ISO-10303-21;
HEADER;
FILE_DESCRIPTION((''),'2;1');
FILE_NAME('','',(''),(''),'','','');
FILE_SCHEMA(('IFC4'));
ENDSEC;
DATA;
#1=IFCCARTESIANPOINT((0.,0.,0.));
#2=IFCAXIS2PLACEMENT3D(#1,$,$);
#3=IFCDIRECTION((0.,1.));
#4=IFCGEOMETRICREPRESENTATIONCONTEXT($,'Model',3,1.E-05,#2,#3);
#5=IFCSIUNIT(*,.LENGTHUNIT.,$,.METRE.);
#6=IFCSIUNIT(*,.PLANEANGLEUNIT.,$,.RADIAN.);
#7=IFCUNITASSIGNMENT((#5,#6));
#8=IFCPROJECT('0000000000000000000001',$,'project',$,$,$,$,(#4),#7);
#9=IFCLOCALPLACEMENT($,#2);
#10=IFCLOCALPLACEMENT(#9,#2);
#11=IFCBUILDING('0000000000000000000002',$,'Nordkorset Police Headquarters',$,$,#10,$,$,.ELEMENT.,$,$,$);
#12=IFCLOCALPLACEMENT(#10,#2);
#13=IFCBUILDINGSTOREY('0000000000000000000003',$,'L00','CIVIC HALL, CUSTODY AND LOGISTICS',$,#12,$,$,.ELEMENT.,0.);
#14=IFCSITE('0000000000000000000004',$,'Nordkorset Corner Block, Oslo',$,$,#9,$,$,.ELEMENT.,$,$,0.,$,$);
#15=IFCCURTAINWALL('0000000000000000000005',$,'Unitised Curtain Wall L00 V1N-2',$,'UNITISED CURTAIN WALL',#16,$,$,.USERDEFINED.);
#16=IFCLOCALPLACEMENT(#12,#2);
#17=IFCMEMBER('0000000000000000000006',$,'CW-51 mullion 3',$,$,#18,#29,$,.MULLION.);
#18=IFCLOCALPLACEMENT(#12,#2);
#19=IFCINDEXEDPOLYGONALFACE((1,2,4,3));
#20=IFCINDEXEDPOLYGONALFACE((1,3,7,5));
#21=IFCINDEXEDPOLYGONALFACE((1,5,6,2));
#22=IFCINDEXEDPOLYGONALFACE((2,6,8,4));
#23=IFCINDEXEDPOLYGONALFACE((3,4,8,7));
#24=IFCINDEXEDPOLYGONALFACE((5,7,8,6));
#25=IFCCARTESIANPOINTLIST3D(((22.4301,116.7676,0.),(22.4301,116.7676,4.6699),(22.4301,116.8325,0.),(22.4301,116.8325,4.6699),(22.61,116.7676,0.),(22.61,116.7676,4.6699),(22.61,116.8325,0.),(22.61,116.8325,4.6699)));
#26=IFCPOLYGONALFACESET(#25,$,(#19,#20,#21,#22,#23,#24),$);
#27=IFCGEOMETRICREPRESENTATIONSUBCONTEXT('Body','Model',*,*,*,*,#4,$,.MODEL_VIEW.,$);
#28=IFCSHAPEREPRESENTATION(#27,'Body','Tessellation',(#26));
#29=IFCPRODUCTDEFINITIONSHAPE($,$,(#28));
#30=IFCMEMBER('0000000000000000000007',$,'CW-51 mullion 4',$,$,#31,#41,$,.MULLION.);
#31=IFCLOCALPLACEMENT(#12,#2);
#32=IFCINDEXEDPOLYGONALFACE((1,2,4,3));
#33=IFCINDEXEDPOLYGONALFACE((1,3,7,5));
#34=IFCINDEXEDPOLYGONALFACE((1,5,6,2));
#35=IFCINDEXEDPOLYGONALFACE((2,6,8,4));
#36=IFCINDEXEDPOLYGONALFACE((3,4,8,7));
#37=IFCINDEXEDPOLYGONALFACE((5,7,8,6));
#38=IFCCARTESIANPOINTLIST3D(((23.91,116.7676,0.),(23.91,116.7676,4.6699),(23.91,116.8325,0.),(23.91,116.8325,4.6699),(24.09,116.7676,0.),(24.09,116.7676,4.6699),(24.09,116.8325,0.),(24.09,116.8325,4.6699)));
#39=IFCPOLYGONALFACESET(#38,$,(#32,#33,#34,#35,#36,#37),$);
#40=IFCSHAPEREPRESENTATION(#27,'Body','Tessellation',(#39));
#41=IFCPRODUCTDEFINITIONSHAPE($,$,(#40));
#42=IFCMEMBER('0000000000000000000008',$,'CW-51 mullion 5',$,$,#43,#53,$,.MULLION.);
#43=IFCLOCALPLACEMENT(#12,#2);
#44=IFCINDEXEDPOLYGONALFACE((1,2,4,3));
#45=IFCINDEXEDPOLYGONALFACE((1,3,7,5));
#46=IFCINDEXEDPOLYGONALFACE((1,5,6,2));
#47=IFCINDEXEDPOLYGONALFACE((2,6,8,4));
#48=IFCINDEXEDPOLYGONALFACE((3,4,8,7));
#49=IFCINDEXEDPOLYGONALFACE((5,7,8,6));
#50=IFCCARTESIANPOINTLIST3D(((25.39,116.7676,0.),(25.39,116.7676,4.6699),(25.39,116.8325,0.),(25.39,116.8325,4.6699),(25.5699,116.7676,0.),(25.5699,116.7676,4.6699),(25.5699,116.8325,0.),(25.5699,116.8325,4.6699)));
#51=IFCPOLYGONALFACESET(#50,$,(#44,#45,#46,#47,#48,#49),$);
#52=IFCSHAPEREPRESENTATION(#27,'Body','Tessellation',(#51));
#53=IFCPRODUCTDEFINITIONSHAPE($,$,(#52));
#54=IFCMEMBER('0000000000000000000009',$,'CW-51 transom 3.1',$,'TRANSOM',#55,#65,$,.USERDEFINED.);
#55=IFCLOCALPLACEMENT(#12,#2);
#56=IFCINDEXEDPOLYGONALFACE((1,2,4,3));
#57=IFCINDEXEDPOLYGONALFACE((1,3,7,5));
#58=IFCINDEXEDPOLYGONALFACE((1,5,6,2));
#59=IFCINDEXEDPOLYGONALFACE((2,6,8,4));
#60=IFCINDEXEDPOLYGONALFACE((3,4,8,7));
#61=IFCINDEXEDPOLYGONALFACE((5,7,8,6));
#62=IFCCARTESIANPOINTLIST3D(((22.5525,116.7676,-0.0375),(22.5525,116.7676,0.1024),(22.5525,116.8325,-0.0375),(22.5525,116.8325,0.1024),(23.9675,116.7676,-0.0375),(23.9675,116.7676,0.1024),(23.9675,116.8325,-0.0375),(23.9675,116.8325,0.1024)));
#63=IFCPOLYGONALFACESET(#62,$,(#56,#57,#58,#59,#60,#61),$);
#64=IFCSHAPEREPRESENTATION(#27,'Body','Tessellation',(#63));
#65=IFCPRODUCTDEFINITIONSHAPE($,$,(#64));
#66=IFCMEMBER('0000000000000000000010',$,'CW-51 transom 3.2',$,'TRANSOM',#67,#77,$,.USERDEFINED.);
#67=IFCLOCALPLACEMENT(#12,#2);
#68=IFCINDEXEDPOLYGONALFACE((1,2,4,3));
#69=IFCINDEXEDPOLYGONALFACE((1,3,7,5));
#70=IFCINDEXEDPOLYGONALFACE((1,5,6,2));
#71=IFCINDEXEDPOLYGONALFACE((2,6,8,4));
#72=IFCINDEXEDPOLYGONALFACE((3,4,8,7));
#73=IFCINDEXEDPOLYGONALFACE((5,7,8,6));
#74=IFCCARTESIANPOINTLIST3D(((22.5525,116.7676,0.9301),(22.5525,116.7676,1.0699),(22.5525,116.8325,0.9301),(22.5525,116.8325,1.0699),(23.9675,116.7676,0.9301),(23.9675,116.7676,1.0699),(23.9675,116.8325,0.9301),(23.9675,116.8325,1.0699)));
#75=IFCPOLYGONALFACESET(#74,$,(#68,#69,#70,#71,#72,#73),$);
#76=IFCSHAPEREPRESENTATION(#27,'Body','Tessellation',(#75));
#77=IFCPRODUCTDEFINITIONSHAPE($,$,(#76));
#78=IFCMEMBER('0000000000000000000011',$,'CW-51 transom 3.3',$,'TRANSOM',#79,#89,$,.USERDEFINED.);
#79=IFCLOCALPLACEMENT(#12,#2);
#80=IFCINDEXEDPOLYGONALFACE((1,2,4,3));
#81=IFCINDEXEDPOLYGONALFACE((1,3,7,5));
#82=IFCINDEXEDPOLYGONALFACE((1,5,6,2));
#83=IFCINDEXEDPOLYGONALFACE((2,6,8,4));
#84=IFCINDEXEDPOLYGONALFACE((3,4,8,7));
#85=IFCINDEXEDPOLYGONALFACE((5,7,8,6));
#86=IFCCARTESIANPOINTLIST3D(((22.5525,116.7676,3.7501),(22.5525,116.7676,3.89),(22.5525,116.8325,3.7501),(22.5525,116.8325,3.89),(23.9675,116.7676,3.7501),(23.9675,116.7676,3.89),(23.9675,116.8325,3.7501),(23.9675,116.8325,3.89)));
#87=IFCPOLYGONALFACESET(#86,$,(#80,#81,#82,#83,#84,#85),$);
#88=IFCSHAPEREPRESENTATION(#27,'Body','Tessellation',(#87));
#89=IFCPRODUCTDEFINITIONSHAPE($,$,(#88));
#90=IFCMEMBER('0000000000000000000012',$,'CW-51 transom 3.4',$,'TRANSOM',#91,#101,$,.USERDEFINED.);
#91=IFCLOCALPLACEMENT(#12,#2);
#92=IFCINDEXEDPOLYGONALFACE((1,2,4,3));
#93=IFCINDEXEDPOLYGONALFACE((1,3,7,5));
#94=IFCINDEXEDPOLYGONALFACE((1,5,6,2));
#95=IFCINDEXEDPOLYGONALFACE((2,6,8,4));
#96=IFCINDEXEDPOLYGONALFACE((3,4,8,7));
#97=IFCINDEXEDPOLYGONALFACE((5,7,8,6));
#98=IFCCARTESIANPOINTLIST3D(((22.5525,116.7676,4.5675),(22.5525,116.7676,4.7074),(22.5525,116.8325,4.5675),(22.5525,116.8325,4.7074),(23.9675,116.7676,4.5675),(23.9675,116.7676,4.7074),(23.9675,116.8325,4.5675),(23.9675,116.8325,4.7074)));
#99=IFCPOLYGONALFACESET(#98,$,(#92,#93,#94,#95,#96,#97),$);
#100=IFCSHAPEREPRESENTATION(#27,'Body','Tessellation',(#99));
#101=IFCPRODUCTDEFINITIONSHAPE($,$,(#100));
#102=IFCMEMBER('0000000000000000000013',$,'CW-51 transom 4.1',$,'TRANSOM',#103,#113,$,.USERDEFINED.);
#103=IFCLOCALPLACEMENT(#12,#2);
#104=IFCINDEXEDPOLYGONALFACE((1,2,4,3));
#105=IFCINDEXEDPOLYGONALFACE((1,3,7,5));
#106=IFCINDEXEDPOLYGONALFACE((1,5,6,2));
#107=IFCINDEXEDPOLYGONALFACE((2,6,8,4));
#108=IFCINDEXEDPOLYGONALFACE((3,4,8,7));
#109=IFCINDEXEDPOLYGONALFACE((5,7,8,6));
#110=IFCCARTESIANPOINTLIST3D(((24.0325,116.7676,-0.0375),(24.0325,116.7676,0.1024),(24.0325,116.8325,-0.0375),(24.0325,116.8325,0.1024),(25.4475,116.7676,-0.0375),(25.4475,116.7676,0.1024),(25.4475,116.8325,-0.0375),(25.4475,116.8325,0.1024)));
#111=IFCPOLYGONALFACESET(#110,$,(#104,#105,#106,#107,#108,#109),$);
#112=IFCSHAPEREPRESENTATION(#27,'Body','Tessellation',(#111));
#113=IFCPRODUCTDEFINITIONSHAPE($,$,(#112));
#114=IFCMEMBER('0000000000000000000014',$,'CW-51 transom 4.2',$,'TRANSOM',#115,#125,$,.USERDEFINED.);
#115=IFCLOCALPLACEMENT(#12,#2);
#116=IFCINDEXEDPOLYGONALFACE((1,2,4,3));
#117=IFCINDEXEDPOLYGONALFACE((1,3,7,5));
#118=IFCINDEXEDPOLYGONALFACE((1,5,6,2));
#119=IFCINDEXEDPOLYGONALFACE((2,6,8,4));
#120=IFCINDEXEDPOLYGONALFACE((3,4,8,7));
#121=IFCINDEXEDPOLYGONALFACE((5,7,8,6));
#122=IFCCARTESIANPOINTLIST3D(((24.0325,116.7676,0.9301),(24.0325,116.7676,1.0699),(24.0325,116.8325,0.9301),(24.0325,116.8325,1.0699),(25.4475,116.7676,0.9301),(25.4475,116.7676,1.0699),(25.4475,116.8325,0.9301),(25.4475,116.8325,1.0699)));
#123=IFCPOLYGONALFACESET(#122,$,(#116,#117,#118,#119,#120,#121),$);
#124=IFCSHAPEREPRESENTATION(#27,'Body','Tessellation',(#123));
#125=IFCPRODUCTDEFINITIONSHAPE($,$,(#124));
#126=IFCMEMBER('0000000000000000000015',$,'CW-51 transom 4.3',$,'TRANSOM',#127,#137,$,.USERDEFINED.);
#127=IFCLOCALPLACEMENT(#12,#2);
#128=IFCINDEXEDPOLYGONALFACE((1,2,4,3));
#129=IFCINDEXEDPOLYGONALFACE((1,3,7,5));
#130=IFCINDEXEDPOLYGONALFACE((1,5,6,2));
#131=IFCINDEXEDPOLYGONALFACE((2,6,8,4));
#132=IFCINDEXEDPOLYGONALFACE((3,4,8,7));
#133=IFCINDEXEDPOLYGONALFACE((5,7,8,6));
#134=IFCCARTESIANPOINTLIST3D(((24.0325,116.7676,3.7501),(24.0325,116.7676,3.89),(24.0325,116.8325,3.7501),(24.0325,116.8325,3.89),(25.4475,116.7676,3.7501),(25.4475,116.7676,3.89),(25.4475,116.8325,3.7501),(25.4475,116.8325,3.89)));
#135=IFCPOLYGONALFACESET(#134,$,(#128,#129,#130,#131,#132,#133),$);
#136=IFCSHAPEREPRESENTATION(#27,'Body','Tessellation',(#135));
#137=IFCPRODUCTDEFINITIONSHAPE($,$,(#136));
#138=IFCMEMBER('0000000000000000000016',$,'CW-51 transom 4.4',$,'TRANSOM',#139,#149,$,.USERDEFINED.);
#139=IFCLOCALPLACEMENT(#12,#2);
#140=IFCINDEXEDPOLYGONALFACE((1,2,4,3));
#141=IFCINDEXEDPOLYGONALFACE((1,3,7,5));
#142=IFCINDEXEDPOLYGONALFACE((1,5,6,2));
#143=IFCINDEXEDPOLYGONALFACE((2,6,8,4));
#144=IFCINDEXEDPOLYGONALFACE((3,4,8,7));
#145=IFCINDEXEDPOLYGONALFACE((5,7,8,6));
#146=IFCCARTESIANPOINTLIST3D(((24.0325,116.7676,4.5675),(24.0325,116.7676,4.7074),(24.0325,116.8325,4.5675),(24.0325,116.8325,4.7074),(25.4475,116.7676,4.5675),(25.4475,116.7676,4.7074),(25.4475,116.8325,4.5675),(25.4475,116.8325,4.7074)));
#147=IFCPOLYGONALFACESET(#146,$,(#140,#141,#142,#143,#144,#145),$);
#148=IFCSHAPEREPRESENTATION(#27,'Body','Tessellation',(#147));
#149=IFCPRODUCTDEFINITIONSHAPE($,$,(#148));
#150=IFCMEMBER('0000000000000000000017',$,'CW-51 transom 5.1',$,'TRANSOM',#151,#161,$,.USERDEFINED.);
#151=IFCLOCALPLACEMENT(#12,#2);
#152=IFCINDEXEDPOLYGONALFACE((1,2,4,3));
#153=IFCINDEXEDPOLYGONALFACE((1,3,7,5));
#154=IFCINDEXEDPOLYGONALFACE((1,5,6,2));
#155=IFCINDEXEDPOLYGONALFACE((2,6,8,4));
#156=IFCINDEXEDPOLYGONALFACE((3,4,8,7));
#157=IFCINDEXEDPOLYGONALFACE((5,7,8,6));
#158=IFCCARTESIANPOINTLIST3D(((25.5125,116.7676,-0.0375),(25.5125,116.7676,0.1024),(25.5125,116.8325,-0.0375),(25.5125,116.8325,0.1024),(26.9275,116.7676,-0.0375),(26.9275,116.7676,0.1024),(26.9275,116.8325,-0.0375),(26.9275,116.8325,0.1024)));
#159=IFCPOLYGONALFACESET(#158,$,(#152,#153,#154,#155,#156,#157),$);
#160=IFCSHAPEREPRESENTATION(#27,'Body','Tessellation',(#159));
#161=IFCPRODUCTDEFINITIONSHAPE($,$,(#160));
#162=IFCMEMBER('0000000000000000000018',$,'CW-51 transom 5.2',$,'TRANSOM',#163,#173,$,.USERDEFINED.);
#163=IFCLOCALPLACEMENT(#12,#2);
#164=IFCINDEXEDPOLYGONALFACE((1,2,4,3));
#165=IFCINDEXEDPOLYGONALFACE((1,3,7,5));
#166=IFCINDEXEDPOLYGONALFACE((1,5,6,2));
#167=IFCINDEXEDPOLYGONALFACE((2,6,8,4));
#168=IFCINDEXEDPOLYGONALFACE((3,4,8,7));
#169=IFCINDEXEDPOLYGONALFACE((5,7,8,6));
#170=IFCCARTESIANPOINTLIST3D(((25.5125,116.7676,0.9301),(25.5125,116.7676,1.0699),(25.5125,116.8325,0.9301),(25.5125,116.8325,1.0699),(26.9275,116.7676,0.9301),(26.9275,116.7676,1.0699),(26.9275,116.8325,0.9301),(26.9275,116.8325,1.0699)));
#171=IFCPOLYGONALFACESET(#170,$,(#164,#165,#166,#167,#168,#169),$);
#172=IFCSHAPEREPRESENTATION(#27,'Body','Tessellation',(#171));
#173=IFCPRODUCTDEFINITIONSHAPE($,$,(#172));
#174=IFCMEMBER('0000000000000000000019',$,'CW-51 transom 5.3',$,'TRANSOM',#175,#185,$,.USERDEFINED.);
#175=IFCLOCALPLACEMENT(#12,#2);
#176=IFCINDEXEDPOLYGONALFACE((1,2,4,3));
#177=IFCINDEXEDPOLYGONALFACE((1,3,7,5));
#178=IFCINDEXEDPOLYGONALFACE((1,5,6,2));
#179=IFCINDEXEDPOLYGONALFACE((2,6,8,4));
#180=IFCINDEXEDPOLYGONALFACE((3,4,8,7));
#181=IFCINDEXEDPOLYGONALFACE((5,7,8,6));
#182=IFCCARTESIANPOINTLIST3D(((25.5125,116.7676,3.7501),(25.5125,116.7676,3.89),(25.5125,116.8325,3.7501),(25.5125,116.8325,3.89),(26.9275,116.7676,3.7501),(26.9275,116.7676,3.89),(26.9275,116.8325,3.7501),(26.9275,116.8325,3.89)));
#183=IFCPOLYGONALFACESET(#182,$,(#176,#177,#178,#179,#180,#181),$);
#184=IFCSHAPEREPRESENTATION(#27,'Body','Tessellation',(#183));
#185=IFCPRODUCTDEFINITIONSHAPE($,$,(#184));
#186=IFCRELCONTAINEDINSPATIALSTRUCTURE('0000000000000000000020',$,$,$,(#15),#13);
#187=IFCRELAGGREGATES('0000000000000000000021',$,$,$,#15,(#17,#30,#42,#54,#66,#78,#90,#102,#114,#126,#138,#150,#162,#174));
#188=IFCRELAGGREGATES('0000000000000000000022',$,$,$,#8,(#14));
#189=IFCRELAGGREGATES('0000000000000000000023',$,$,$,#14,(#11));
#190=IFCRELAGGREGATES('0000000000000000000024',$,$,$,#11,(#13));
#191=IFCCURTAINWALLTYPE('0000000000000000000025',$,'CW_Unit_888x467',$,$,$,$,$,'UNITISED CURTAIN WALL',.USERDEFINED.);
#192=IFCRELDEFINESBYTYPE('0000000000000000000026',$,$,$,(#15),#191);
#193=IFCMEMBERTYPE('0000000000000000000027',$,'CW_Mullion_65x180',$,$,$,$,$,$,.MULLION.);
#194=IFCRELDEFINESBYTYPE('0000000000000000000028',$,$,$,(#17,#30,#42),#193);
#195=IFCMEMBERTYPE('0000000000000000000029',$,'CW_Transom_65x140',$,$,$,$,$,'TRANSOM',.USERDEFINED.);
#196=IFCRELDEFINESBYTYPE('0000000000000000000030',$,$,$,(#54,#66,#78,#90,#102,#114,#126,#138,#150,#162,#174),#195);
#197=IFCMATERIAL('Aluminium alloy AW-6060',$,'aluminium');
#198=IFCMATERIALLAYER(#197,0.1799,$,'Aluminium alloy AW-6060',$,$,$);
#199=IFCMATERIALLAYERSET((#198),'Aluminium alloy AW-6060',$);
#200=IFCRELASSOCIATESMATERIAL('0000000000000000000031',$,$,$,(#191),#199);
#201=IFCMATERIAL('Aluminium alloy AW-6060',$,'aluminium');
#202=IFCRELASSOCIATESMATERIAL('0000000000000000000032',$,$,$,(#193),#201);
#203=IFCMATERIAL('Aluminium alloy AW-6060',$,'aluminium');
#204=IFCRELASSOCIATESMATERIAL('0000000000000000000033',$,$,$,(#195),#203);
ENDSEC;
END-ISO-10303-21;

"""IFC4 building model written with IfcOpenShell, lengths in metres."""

from ifc_helpers import new_model, si_unit, direction, frame, origin, origin_2d, place, context, subcontext, project, spatial, rectangle, extrude, material, layer, layer_set, material_profile, profile_set, type_object, element, aggregate, save


model = new_model("IFC4")

# Units and contexts
model_context = context("Model", 3, precision=1e-05, world=origin(), true_north=direction((0.0, 1.0)))
body_context = subcontext(model_context, "Body", "Model", "MODEL_VIEW")
ifc_project = project(units=[si_unit("LENGTHUNIT", "METRE"), si_unit("PLANEANGLEUNIT", "RADIAN")], contexts=[model_context])

# Site, building, storey
site_placement = place(None, origin())
site = spatial("IfcSite", under=ifc_project, at=site_placement, Name="Nordkorset Corner Block, Oslo", CompositionType="ELEMENT", RefElevation=0.0)
building_placement = place(site_placement, origin())
building = spatial("IfcBuilding", under=site, at=building_placement, Name="Nordkorset Police Headquarters", CompositionType="ELEMENT")
storey_placement = place(building_placement, origin())
storey = spatial("IfcBuildingStorey", under=building, at=storey_placement, Name="L00", Description="CIVIC HALL, CUSTODY AND LOGISTICS", CompositionType="ELEMENT", Elevation=0.0)

# Curtain wall, members
ifc_material_1 = material(Name="Aluminium alloy AW-6060", Category="aluminium")
ifc_layer_1 = layer(ifc_material_1, 0.1799, Name="Aluminium alloy AW-6060")
ifc_layer_set_1 = layer_set([ifc_layer_1], Name="Aluminium alloy AW-6060")
curtain_wall_type = type_object("IfcCurtainWallType", Name="CW_Unit_888x467", ElementType="UNITISED CURTAIN WALL", PredefinedType="USERDEFINED", material=ifc_layer_set_1)
curtain_wall_placement = place(storey_placement, origin())
curtain_wall = element("IfcCurtainWall", 1, at=curtain_wall_placement, inside=storey, type_object=curtain_wall_type, Name="Unitised Curtain Wall L00 V1N-2", ObjectType="UNITISED CURTAIN WALL", PredefinedType="USERDEFINED")
ifc_material_2 = material(Name="Aluminium alloy AW-6060", Category="aluminium")
ifc_material_profile_1 = material_profile(ifc_material_2, rectangle(XDim=0.0649, YDim=0.1799, at=origin_2d()), Name="ALU MULL 65x180")
ifc_profile_set_1 = profile_set([ifc_material_profile_1], Name="Aluminium alloy AW-6060")
member_type_1 = type_object("IfcMemberType", Name="CW_Mullion_65x180", PredefinedType="MULLION", material=ifc_profile_set_1)
member_1_placement = place(storey_placement, frame((22.52, 116.8, 0.0), z_axis=(0.0, 0.0, 1.0), x_axis=(0.0, 1.0, 0.0)))
member_1 = element("IfcMember", 2, at=member_1_placement, type_object=member_type_1, Name="CW-51 mullion 3", PredefinedType="MULLION", context=body_context, shape_type="SweptSolid", body=[
    extrude(rectangle(XDim=0.0649, YDim=0.1799, at=origin_2d()), origin(), (0.0, 0.0, 1.0), 4.6699),
])
member_2_placement = place(storey_placement, frame((24.0, 116.8, 0.0), z_axis=(0.0, 0.0, 1.0), x_axis=(0.0, 1.0, 0.0)))
member_2 = element("IfcMember", 3, at=member_2_placement, type_object=member_type_1, Name="CW-51 mullion 4", PredefinedType="MULLION", context=body_context, shape_type="SweptSolid", body=[
    extrude(rectangle(XDim=0.0649, YDim=0.1799, at=origin_2d()), origin(), (0.0, 0.0, 1.0), 4.6699),
])
member_3_placement = place(storey_placement, frame((25.48, 116.8, 0.0), z_axis=(0.0, 0.0, 1.0), x_axis=(0.0, 1.0, 0.0)))
member_3 = element("IfcMember", 4, at=member_3_placement, type_object=member_type_1, Name="CW-51 mullion 5", PredefinedType="MULLION", context=body_context, shape_type="SweptSolid", body=[
    extrude(rectangle(XDim=0.0649, YDim=0.1799, at=origin_2d()), origin(), (0.0, 0.0, 1.0), 4.6699),
])
ifc_material_3 = material(Name="Aluminium alloy AW-6060", Category="aluminium")
ifc_material_profile_2 = material_profile(ifc_material_3, rectangle(XDim=0.0649, YDim=0.1399, at=origin_2d()), Name="ALU TRAN 65x140")
ifc_profile_set_2 = profile_set([ifc_material_profile_2], Name="Aluminium alloy AW-6060")
member_type_2 = type_object("IfcMemberType", Name="CW_Transom_65x140", ElementType="TRANSOM", PredefinedType="USERDEFINED", material=ifc_profile_set_2)
member_4_placement = place(storey_placement, frame((22.5525, 116.8, 0.0325), z_axis=(1.0, 0.0, 0.0), x_axis=(0.0, 1.0, 0.0)))
member_4 = element("IfcMember", 5, at=member_4_placement, type_object=member_type_2, Name="CW-51 transom 3.1", ObjectType="TRANSOM", PredefinedType="USERDEFINED", context=body_context, shape_type="SweptSolid", body=[
    extrude(rectangle(XDim=0.0649, YDim=0.1399, at=origin_2d()), origin(), (0.0, 0.0, 1.0), 1.415),
])
member_5_placement = place(storey_placement, frame((22.5525, 116.8, 1.0), z_axis=(1.0, 0.0, 0.0), x_axis=(0.0, 1.0, 0.0)))
member_5 = element("IfcMember", 6, at=member_5_placement, type_object=member_type_2, Name="CW-51 transom 3.2", ObjectType="TRANSOM", PredefinedType="USERDEFINED", context=body_context, shape_type="SweptSolid", body=[
    extrude(rectangle(XDim=0.0649, YDim=0.1399, at=origin_2d()), origin(), (0.0, 0.0, 1.0), 1.415),
])
member_6_placement = place(storey_placement, frame((22.5525, 116.8, 3.8201), z_axis=(1.0, 0.0, 0.0), x_axis=(0.0, 1.0, 0.0)))
member_6 = element("IfcMember", 7, at=member_6_placement, type_object=member_type_2, Name="CW-51 transom 3.3", ObjectType="TRANSOM", PredefinedType="USERDEFINED", context=body_context, shape_type="SweptSolid", body=[
    extrude(rectangle(XDim=0.0649, YDim=0.1399, at=origin_2d()), origin(), (0.0, 0.0, 1.0), 1.415),
])
member_7_placement = place(storey_placement, frame((22.5525, 116.8, 4.6375), z_axis=(1.0, 0.0, 0.0), x_axis=(0.0, 1.0, 0.0)))
member_7 = element("IfcMember", 8, at=member_7_placement, type_object=member_type_2, Name="CW-51 transom 3.4", ObjectType="TRANSOM", PredefinedType="USERDEFINED", context=body_context, shape_type="SweptSolid", body=[
    extrude(rectangle(XDim=0.0649, YDim=0.1399, at=origin_2d()), origin(), (0.0, 0.0, 1.0), 1.415),
])
member_8_placement = place(storey_placement, frame((24.0325, 116.8, 0.0325), z_axis=(1.0, 0.0, 0.0), x_axis=(0.0, 1.0, 0.0)))
member_8 = element("IfcMember", 9, at=member_8_placement, type_object=member_type_2, Name="CW-51 transom 4.1", ObjectType="TRANSOM", PredefinedType="USERDEFINED", context=body_context, shape_type="SweptSolid", body=[
    extrude(rectangle(XDim=0.0649, YDim=0.1399, at=origin_2d()), origin(), (0.0, 0.0, 1.0), 1.415),
])
member_9_placement = place(storey_placement, frame((24.0325, 116.8, 1.0), z_axis=(1.0, 0.0, 0.0), x_axis=(0.0, 1.0, 0.0)))
member_9 = element("IfcMember", 10, at=member_9_placement, type_object=member_type_2, Name="CW-51 transom 4.2", ObjectType="TRANSOM", PredefinedType="USERDEFINED", context=body_context, shape_type="SweptSolid", body=[
    extrude(rectangle(XDim=0.0649, YDim=0.1399, at=origin_2d()), origin(), (0.0, 0.0, 1.0), 1.415),
])
member_10_placement = place(storey_placement, frame((24.0325, 116.8, 3.8201), z_axis=(1.0, 0.0, 0.0), x_axis=(0.0, 1.0, 0.0)))
member_10 = element("IfcMember", 11, at=member_10_placement, type_object=member_type_2, Name="CW-51 transom 4.3", ObjectType="TRANSOM", PredefinedType="USERDEFINED", context=body_context, shape_type="SweptSolid", body=[
    extrude(rectangle(XDim=0.0649, YDim=0.1399, at=origin_2d()), origin(), (0.0, 0.0, 1.0), 1.415),
])
member_11_placement = place(storey_placement, frame((24.0325, 116.8, 4.6375), z_axis=(1.0, 0.0, 0.0), x_axis=(0.0, 1.0, 0.0)))
member_11 = element("IfcMember", 12, at=member_11_placement, type_object=member_type_2, Name="CW-51 transom 4.4", ObjectType="TRANSOM", PredefinedType="USERDEFINED", context=body_context, shape_type="SweptSolid", body=[
    extrude(rectangle(XDim=0.0649, YDim=0.1399, at=origin_2d()), origin(), (0.0, 0.0, 1.0), 1.415),
])
member_12_placement = place(storey_placement, frame((25.5125, 116.8, 0.0325), z_axis=(1.0, 0.0, 0.0), x_axis=(0.0, 1.0, 0.0)))
member_12 = element("IfcMember", 13, at=member_12_placement, type_object=member_type_2, Name="CW-51 transom 5.1", ObjectType="TRANSOM", PredefinedType="USERDEFINED", context=body_context, shape_type="SweptSolid", body=[
    extrude(rectangle(XDim=0.0649, YDim=0.1399, at=origin_2d()), origin(), (0.0, 0.0, 1.0), 1.415),
])
member_13_placement = place(storey_placement, frame((25.5125, 116.8, 1.0), z_axis=(1.0, 0.0, 0.0), x_axis=(0.0, 1.0, 0.0)))
member_13 = element("IfcMember", 14, at=member_13_placement, type_object=member_type_2, Name="CW-51 transom 5.2", ObjectType="TRANSOM", PredefinedType="USERDEFINED", context=body_context, shape_type="SweptSolid", body=[
    extrude(rectangle(XDim=0.0649, YDim=0.1399, at=origin_2d()), origin(), (0.0, 0.0, 1.0), 1.415),
])
member_14_placement = place(storey_placement, frame((25.5125, 116.8, 3.8201), z_axis=(1.0, 0.0, 0.0), x_axis=(0.0, 1.0, 0.0)))
member_14 = element("IfcMember", 15, at=member_14_placement, type_object=member_type_2, Name="CW-51 transom 5.3", ObjectType="TRANSOM", PredefinedType="USERDEFINED", context=body_context, shape_type="SweptSolid", body=[
    extrude(rectangle(XDim=0.0649, YDim=0.1399, at=origin_2d()), origin(), (0.0, 0.0, 1.0), 1.415),
])

aggregate(curtain_wall, [member_1, member_2, member_3, member_4, member_5, member_6, member_7, member_8, member_9, member_10, member_11, member_12, member_13, member_14])

save(model, "model.ifc")
